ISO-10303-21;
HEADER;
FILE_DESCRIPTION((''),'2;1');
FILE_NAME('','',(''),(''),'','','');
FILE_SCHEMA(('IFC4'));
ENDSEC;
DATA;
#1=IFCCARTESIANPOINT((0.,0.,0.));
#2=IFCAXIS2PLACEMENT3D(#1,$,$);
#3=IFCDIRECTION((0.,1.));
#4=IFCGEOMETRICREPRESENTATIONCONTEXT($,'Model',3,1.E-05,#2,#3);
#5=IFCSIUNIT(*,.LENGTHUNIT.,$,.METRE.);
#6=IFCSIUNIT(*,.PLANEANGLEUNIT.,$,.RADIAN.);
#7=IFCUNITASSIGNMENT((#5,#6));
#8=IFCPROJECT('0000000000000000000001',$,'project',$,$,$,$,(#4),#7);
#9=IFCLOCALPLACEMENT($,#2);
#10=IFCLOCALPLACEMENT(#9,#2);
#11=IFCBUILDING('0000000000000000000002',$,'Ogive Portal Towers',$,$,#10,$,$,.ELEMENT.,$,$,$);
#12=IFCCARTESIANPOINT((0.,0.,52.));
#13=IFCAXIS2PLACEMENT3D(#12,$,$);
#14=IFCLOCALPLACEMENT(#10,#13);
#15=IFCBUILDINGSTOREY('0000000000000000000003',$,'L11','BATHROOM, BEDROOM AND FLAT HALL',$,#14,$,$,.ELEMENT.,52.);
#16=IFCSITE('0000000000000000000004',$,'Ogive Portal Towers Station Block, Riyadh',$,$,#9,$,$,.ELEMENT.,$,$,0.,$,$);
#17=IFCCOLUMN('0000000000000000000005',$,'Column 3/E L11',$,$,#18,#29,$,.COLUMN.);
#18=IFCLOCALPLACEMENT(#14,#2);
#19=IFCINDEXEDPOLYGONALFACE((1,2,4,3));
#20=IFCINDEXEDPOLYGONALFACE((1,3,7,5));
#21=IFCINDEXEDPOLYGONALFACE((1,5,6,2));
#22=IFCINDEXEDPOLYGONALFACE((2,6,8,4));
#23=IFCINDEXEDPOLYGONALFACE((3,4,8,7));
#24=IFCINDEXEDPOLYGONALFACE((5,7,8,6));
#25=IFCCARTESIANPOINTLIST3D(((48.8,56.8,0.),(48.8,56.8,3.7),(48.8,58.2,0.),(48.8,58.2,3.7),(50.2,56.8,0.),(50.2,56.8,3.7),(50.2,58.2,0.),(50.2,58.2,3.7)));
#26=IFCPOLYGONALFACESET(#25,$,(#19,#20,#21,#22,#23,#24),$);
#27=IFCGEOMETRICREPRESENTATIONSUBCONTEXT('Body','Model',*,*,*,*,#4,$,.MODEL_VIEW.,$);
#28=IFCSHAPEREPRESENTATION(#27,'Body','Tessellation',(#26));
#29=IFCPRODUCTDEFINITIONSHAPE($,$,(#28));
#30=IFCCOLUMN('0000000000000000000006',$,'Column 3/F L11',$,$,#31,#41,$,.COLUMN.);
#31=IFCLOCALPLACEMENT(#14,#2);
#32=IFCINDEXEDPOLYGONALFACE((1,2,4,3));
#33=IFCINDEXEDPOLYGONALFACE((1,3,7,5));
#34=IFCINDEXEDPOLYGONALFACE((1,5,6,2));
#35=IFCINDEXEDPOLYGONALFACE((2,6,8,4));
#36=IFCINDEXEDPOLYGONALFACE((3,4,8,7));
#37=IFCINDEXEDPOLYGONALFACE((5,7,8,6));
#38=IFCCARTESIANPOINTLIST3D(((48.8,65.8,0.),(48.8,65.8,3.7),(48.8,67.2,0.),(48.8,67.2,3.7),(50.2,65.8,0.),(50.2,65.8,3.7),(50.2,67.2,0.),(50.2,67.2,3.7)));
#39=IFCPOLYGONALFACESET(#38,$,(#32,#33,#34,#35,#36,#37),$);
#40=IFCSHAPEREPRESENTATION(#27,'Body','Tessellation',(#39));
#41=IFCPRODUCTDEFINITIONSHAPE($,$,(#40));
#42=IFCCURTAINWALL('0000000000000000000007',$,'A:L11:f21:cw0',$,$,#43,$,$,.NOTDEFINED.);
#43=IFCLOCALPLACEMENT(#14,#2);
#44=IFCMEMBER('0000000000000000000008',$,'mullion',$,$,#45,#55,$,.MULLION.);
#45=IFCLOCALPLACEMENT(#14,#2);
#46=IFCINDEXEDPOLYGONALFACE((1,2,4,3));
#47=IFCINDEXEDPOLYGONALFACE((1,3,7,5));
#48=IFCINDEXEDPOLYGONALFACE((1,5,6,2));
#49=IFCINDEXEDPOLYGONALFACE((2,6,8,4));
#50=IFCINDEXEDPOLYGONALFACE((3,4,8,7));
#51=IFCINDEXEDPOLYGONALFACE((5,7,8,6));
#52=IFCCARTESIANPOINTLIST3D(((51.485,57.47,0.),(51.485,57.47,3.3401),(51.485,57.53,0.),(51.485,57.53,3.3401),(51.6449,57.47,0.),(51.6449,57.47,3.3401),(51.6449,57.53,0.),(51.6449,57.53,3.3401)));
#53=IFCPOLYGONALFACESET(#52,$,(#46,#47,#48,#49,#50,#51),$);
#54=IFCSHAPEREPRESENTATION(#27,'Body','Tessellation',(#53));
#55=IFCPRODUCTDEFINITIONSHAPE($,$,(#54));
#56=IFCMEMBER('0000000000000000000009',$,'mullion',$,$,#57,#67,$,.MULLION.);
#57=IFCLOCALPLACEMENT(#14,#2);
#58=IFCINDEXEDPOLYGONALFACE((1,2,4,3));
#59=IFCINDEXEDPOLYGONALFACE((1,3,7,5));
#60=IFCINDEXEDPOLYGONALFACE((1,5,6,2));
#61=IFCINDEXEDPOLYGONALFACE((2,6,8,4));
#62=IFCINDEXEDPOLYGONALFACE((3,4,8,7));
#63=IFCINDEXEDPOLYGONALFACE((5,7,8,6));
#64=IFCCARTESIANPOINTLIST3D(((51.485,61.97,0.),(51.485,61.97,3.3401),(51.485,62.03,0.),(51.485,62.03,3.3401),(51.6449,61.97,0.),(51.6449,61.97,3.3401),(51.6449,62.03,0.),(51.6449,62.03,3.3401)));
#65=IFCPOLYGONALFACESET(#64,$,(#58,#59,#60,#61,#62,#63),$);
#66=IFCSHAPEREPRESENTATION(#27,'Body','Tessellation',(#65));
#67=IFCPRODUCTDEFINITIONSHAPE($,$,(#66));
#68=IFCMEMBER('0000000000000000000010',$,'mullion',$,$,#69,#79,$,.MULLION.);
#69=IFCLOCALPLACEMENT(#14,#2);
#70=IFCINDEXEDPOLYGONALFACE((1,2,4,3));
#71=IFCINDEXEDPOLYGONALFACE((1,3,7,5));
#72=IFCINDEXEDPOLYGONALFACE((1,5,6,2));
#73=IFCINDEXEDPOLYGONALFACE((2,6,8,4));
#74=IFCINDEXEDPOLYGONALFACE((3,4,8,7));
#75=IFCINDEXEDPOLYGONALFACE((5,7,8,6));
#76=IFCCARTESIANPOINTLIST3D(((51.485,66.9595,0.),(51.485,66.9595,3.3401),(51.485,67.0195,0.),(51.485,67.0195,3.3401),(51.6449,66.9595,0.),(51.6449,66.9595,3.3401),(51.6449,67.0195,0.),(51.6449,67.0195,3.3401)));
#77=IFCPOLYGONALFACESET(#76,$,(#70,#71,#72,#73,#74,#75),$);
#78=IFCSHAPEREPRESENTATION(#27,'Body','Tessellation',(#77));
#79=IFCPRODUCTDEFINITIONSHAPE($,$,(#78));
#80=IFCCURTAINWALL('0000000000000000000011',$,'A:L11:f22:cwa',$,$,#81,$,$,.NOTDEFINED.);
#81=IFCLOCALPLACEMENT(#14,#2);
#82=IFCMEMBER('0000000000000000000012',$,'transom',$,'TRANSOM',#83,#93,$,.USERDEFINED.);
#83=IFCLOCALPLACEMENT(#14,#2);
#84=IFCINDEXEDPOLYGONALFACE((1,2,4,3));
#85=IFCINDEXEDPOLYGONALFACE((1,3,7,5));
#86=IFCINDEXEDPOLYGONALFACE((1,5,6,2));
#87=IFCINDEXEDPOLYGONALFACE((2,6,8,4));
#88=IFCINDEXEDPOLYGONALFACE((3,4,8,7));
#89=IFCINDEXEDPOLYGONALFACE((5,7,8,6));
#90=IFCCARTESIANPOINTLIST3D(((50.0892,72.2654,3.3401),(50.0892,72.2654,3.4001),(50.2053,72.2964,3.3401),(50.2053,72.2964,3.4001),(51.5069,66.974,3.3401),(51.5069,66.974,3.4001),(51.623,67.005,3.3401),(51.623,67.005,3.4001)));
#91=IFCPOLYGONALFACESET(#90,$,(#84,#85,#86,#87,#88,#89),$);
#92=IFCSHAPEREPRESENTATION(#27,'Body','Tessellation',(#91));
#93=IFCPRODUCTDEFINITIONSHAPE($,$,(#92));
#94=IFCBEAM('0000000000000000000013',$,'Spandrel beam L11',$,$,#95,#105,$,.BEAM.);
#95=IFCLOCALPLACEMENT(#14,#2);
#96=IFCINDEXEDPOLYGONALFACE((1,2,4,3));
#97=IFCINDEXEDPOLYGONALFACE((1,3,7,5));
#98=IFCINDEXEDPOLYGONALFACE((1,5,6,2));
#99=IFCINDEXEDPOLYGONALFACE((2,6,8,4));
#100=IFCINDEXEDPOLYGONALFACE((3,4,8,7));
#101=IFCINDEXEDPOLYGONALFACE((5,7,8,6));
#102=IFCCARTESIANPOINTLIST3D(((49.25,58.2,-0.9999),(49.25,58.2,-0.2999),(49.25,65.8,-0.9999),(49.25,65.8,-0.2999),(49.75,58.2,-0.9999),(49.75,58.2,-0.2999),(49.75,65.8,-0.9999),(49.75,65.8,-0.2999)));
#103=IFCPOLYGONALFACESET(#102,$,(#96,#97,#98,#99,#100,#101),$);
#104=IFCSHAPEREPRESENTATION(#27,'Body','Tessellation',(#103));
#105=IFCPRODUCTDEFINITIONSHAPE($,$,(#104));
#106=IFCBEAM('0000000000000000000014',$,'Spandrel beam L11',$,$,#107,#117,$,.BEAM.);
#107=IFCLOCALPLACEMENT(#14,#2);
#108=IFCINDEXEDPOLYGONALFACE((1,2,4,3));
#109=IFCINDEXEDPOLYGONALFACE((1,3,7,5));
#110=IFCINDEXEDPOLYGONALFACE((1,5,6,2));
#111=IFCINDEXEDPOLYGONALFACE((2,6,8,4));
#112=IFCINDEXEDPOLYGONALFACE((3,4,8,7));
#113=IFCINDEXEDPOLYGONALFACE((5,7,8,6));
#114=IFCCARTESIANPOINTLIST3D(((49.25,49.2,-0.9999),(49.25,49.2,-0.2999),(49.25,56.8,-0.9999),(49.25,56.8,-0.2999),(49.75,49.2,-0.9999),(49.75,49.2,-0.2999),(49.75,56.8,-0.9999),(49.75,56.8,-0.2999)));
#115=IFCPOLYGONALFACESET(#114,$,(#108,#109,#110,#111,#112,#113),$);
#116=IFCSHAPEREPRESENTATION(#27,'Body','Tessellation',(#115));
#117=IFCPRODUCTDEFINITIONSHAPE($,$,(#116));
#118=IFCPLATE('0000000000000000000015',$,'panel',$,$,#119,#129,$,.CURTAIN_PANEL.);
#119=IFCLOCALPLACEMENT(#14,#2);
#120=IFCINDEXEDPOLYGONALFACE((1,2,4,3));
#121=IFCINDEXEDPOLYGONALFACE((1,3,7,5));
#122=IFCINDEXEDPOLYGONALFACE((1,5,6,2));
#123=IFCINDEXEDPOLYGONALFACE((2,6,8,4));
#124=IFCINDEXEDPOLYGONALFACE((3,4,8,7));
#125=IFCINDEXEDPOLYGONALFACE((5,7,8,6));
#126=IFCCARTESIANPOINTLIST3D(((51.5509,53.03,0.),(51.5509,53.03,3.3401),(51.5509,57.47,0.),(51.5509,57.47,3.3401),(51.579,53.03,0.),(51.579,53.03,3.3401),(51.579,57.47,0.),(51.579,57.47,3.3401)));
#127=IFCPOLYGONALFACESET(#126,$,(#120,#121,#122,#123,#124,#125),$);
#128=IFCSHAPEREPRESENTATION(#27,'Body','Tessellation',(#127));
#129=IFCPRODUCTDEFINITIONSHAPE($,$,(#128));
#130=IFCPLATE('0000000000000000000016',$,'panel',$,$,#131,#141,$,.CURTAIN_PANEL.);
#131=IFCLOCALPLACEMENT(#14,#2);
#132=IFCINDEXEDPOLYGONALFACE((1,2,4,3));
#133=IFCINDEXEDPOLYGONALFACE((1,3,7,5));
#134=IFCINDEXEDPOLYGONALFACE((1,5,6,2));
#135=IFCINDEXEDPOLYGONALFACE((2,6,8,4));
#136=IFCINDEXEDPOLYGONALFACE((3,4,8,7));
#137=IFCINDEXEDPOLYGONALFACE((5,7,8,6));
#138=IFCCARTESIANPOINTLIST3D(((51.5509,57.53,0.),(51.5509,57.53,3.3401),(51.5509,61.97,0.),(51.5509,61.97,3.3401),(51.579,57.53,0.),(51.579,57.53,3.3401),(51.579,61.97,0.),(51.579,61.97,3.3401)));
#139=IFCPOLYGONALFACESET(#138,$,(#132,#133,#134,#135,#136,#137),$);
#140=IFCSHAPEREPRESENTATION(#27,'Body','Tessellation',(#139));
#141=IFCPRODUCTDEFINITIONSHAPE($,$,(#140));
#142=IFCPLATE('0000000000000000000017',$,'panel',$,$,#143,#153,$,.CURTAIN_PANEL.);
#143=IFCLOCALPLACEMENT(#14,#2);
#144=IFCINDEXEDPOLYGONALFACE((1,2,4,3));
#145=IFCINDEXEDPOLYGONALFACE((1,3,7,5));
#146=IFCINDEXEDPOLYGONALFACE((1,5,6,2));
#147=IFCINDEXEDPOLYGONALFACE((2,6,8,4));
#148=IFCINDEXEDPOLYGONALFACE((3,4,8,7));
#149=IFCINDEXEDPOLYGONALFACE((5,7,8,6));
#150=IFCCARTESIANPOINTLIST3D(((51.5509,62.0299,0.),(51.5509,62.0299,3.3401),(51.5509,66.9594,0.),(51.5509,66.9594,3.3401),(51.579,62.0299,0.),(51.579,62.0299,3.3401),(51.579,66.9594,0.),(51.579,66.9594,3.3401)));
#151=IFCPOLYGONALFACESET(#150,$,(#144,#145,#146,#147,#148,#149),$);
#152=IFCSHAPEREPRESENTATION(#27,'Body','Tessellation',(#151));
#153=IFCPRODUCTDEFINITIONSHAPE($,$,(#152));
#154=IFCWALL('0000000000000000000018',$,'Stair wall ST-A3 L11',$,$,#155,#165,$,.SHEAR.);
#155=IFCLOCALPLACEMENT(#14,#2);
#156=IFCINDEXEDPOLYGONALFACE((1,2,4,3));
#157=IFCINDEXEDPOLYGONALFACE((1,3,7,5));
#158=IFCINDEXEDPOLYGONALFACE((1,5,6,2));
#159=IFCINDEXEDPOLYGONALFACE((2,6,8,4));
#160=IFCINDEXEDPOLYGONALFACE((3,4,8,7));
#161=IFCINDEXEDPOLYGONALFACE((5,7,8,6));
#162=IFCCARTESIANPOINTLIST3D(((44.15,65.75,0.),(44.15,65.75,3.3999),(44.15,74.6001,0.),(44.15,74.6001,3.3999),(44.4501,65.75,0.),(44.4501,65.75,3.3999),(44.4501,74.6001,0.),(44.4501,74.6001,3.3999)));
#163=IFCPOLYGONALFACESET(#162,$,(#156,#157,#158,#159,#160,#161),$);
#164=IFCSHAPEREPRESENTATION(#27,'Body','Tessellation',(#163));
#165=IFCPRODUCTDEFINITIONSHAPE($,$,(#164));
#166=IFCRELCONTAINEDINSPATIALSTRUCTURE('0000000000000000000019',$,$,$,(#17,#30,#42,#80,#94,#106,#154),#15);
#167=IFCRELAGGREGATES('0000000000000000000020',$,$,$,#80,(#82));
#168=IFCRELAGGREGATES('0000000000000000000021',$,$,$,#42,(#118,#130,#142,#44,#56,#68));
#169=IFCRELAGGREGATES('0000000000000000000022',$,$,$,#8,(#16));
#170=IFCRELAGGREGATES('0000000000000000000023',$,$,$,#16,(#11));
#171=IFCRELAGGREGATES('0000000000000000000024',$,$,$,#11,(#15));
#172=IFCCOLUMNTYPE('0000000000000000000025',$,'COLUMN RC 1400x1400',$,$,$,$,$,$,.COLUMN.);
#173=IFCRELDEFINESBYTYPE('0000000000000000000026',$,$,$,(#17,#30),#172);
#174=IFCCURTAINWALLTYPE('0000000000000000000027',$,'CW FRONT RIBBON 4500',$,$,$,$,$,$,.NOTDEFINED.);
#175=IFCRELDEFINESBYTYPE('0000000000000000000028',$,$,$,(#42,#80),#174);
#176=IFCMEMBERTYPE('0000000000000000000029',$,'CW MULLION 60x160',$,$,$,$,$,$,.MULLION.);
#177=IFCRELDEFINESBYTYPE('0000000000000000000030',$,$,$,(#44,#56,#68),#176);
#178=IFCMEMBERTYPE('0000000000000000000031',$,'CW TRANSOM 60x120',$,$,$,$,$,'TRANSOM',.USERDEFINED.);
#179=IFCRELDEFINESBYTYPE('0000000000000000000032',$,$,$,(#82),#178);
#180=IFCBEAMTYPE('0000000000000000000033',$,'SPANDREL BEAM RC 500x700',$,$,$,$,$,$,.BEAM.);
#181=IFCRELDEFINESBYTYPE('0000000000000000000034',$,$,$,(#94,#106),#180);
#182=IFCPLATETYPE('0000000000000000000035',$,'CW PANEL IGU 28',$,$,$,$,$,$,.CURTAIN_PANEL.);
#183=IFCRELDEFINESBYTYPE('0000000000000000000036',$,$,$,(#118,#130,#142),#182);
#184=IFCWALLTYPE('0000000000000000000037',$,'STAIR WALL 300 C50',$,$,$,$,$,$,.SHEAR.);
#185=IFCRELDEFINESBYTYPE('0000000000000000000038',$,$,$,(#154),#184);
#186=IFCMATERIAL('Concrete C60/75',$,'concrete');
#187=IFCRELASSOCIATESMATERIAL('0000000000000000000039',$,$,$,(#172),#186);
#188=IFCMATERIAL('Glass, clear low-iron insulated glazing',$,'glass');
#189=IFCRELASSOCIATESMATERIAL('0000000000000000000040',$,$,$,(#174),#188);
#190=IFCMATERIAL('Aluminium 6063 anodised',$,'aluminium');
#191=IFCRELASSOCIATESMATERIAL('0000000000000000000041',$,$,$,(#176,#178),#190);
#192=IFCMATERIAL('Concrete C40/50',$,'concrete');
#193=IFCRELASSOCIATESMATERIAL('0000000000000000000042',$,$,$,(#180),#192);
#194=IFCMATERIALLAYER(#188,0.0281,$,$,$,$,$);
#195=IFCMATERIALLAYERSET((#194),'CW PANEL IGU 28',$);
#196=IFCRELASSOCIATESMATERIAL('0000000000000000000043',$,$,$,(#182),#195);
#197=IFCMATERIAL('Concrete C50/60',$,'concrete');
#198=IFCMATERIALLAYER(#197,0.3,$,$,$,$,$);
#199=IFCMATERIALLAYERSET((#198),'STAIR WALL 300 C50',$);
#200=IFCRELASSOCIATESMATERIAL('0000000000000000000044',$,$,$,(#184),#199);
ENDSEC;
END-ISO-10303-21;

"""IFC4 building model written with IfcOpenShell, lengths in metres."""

from ifc_helpers import new_model, si_unit, direction, frame, frame_2d, origin, origin_2d, place, context, subcontext, project, spatial, rectangle, extrude, material, layer, layer_set, material_profile, profile_set, type_object, element, aggregate, save


model = new_model("IFC4")

# Units and contexts
model_context = context("Model", 3, precision=1e-05, world=origin(), true_north=direction((0.0, 1.0)))
body_context = subcontext(model_context, "Body", "Model", "MODEL_VIEW")
ifc_project = project(units=[si_unit("LENGTHUNIT", "METRE"), si_unit("PLANEANGLEUNIT", "RADIAN")], contexts=[model_context])

# Site, building, storey
site_placement = place(None, origin())
site = spatial("IfcSite", under=ifc_project, at=site_placement, Name="Ogive Portal Towers Station Block, Riyadh", CompositionType="ELEMENT", RefElevation=0.0)
building_placement = place(site_placement, origin())
building = spatial("IfcBuilding", under=site, at=building_placement, Name="Ogive Portal Towers", CompositionType="ELEMENT")
storey_placement = place(building_placement, frame((0.0, 0.0, 52.0)))
storey = spatial("IfcBuildingStorey", under=building, at=storey_placement, Name="L11", Description="BATHROOM, BEDROOM AND FLAT HALL", CompositionType="ELEMENT", Elevation=52.0)

# Columns
ifc_material_1 = material(Name="Concrete C60/75", Category="concrete")
ifc_material_profile_1 = material_profile(ifc_material_1, rectangle(XDim=1.3999, YDim=1.3999, at=origin_2d()), Name="RC 1400x1400")
ifc_profile_set_1 = profile_set([ifc_material_profile_1], Name="Concrete C60/75")
column_type = type_object("IfcColumnType", Name="COLUMN RC 1400x1400", PredefinedType="COLUMN", material=ifc_profile_set_1)
for number, where, z_axis, x_axis, name in (
    (1, (49.5, 57.5, 0.0), (0.0, 0.0, 1.0), (1.0, 0.0, 0.0), "Column 3/E L11"),
    (2, (49.5, 66.5, 0.0), (0.0, 0.0, 1.0), (1.0, 0.0, 0.0), "Column 3/F L11"),
):
    element("IfcColumn", number, at=place(storey_placement, frame(where, z_axis=z_axis, x_axis=x_axis)), inside=storey, type_object=column_type, Name=name, PredefinedType="COLUMN", context=body_context, shape_type="SweptSolid", body=[
        extrude(rectangle(XDim=1.3999, YDim=1.3999, at=origin_2d()), origin(), (0.0, 0.0, 1.0), 3.7),
    ])

# Curtain wall, members
ifc_material_2 = material(Name="Glass, clear low-iron insulated glazing", Category="glass")
curtain_wall_type = type_object("IfcCurtainWallType", Name="CW FRONT RIBBON 4500", PredefinedType="NOTDEFINED", material=ifc_material_2)
curtain_wall_1_placement = place(storey_placement, origin())
curtain_wall_1 = element("IfcCurtainWall", 3, at=curtain_wall_1_placement, inside=storey, type_object=curtain_wall_type, Name="A:L11:f21:cw0", PredefinedType="NOTDEFINED")
ifc_material_3 = material(Name="Aluminium 6063 anodised", Category="aluminium")
ifc_material_profile_2 = material_profile(ifc_material_3, rectangle(XDim=0.1599, YDim=0.0601, at=origin_2d()), Name="AL 60x160")
ifc_profile_set_2 = profile_set([ifc_material_profile_2], Name="Aluminium 6063 anodised")
member_type_1 = type_object("IfcMemberType", Name="CW MULLION 60x160", PredefinedType="MULLION", material=ifc_profile_set_2)
member_1_placement = place(storey_placement, frame((51.5649, 57.5, 0.0), z_axis=(0.0, 0.0, 1.0), x_axis=(-1.0, 0.0, 0.0)))
member_1 = element("IfcMember", 4, at=member_1_placement, type_object=member_type_1, Name="mullion", PredefinedType="MULLION", context=body_context, shape_type="SweptSolid", body=[
    extrude(rectangle(XDim=0.1599, YDim=0.0601, at=origin_2d()), origin(), (0.0, 0.0, 1.0), 3.3401),
])
member_2_placement = place(storey_placement, frame((51.5649, 62.0, 0.0), z_axis=(0.0, 0.0, 1.0), x_axis=(-1.0, 0.0, 0.0)))
member_2 = element("IfcMember", 5, at=member_2_placement, type_object=member_type_1, Name="mullion", PredefinedType="MULLION", context=body_context, shape_type="SweptSolid", body=[
    extrude(rectangle(XDim=0.1599, YDim=0.0601, at=origin_2d()), origin(), (0.0, 0.0, 1.0), 3.3401),
])
member_3_placement = place(storey_placement, frame((51.5649, 66.9895, 0.0), z_axis=(0.0, 0.0, 1.0), x_axis=(-1.0, 0.0, 0.0)))
member_3 = element("IfcMember", 6, at=member_3_placement, type_object=member_type_1, Name="mullion", PredefinedType="MULLION", context=body_context, shape_type="SweptSolid", body=[
    extrude(rectangle(XDim=0.1599, YDim=0.0601, at=origin_2d()), origin(), (0.0, 0.0, 1.0), 3.3401),
])

# Curtain wall, member
curtain_wall_2_placement = place(storey_placement, origin())
curtain_wall_2 = element("IfcCurtainWall", 7, at=curtain_wall_2_placement, inside=storey, type_object=curtain_wall_type, Name="A:L11:f22:cwa", PredefinedType="NOTDEFINED")
ifc_material_profile_3 = material_profile(ifc_material_3, rectangle(XDim=0.1201, YDim=0.0601, at=origin_2d()), Name="AL 120x60")
ifc_profile_set_3 = profile_set([ifc_material_profile_3], Name="Aluminium 6063 anodised")
member_type_2 = type_object("IfcMemberType", Name="CW TRANSOM 60x120", ElementType="TRANSOM", PredefinedType="USERDEFINED", material=ifc_profile_set_3)
member_4_placement = place(storey_placement, frame((51.5649, 66.9895, 3.3701), z_axis=(-0.258797, 0.965932, 0.0), x_axis=(-0.965932, -0.258797, 0.0)))
member_4 = element("IfcMember", 8, at=member_4_placement, type_object=member_type_2, Name="transom", ObjectType="TRANSOM", PredefinedType="USERDEFINED", context=body_context, shape_type="SweptSolid", body=[
    extrude(rectangle(XDim=0.1201, YDim=0.0601, at=origin_2d()), origin(), (0.0, 0.0, 1.0), 5.478),
])
aggregate(curtain_wall_2, [member_4])

# Beams
ifc_material_4 = material(Name="Concrete C40/50", Category="concrete")
ifc_material_profile_4 = material_profile(ifc_material_4, rectangle(XDim=0.5, YDim=0.7, at=origin_2d()), Name="RC 500x700")
ifc_profile_set_4 = profile_set([ifc_material_profile_4], Name="Concrete C40/50")
beam_type = type_object("IfcBeamType", Name="SPANDREL BEAM RC 500x700", PredefinedType="BEAM", material=ifc_profile_set_4)
for number, where, z_axis, x_axis, name in (
    (9, (49.5, 65.8, -0.6499), (0.0, -1.0, 0.0), (1.0, 0.0, 0.0), "Spandrel beam L11"),
    (10, (49.5, 56.8, -0.6499), (0.0, -1.0, 0.0), (1.0, 0.0, 0.0), "Spandrel beam L11"),
):
    element("IfcBeam", number, at=place(storey_placement, frame(where, z_axis=z_axis, x_axis=x_axis)), inside=storey, type_object=beam_type, Name=name, PredefinedType="BEAM", context=body_context, shape_type="SweptSolid", body=[
        extrude(rectangle(XDim=0.5, YDim=0.7, at=origin_2d()), origin(), (0.0, 0.0, 1.0), 7.6001),
    ])

# Plates
ifc_layer_1 = layer(ifc_material_2, 0.0281)
ifc_layer_set_1 = layer_set([ifc_layer_1], Name="CW PANEL IGU 28")
plate_type = type_object("IfcPlateType", Name="CW PANEL IGU 28", PredefinedType="CURTAIN_PANEL", material=ifc_layer_set_1)
plate_1_placement = place(storey_placement, frame((51.5649, 55.25, 0.0), z_axis=(0.0, 0.0, 1.0), x_axis=(0.0, 1.0, 0.0)))
plate_1 = element("IfcPlate", 11, at=plate_1_placement, type_object=plate_type, Name="panel", PredefinedType="CURTAIN_PANEL", context=body_context, shape_type="SweptSolid", body=[
    extrude(rectangle(XDim=4.4399, YDim=0.0281, at=origin_2d()), origin(), (0.0, 0.0, 1.0), 3.3401),
])
plate_2_placement = place(storey_placement, frame((51.5649, 59.75, 0.0), z_axis=(0.0, 0.0, 1.0), x_axis=(0.0, 1.0, 0.0)))
plate_2 = element("IfcPlate", 12, at=plate_2_placement, type_object=plate_type, Name="panel", PredefinedType="CURTAIN_PANEL", context=body_context, shape_type="SweptSolid", body=[
    extrude(rectangle(XDim=4.4399, YDim=0.0281, at=origin_2d()), origin(), (0.0, 0.0, 1.0), 3.3401),
])
plate_3_placement = place(storey_placement, frame((51.5649, 64.4946, 0.0), z_axis=(0.0, 0.0, 1.0), x_axis=(0.0, 1.0, 0.0)))
plate_3 = element("IfcPlate", 13, at=plate_3_placement, type_object=plate_type, Name="panel", PredefinedType="CURTAIN_PANEL", context=body_context, shape_type="SweptSolid", body=[
    extrude(rectangle(XDim=4.9294, YDim=0.0281, at=origin_2d()), origin(), (0.0, 0.0, 1.0), 3.3401),
])
aggregate(curtain_wall_1, [plate_1, plate_2, plate_3, member_1, member_2, member_3])

# Wall
ifc_material_5 = material(Name="Concrete C50/60", Category="concrete")
ifc_layer_2 = layer(ifc_material_5, 0.3)
ifc_layer_set_2 = layer_set([ifc_layer_2], Name="STAIR WALL 300 C50")
wall_type_1 = type_object("IfcWallType", Name="STAIR WALL 300 C50", PredefinedType="SHEAR", material=ifc_layer_set_2)
wall_1_placement = place(storey_placement, frame((44.3, 65.75, 0.0), z_axis=(0.0, 0.0, 1.0), x_axis=(0.0, 1.0, 0.0)))
element("IfcWall", 14, at=wall_1_placement, inside=storey, type_object=wall_type_1, Name="Stair wall ST-A3 L11", PredefinedType="SHEAR", context=body_context, shape_type="SweptSolid", body=[
    extrude(rectangle(XDim=8.8501, YDim=0.3, at=frame_2d((4.425, 0.0))), origin(), (0.0, 0.0, 1.0), 3.3999),
])

save(model, "model.ifc")
